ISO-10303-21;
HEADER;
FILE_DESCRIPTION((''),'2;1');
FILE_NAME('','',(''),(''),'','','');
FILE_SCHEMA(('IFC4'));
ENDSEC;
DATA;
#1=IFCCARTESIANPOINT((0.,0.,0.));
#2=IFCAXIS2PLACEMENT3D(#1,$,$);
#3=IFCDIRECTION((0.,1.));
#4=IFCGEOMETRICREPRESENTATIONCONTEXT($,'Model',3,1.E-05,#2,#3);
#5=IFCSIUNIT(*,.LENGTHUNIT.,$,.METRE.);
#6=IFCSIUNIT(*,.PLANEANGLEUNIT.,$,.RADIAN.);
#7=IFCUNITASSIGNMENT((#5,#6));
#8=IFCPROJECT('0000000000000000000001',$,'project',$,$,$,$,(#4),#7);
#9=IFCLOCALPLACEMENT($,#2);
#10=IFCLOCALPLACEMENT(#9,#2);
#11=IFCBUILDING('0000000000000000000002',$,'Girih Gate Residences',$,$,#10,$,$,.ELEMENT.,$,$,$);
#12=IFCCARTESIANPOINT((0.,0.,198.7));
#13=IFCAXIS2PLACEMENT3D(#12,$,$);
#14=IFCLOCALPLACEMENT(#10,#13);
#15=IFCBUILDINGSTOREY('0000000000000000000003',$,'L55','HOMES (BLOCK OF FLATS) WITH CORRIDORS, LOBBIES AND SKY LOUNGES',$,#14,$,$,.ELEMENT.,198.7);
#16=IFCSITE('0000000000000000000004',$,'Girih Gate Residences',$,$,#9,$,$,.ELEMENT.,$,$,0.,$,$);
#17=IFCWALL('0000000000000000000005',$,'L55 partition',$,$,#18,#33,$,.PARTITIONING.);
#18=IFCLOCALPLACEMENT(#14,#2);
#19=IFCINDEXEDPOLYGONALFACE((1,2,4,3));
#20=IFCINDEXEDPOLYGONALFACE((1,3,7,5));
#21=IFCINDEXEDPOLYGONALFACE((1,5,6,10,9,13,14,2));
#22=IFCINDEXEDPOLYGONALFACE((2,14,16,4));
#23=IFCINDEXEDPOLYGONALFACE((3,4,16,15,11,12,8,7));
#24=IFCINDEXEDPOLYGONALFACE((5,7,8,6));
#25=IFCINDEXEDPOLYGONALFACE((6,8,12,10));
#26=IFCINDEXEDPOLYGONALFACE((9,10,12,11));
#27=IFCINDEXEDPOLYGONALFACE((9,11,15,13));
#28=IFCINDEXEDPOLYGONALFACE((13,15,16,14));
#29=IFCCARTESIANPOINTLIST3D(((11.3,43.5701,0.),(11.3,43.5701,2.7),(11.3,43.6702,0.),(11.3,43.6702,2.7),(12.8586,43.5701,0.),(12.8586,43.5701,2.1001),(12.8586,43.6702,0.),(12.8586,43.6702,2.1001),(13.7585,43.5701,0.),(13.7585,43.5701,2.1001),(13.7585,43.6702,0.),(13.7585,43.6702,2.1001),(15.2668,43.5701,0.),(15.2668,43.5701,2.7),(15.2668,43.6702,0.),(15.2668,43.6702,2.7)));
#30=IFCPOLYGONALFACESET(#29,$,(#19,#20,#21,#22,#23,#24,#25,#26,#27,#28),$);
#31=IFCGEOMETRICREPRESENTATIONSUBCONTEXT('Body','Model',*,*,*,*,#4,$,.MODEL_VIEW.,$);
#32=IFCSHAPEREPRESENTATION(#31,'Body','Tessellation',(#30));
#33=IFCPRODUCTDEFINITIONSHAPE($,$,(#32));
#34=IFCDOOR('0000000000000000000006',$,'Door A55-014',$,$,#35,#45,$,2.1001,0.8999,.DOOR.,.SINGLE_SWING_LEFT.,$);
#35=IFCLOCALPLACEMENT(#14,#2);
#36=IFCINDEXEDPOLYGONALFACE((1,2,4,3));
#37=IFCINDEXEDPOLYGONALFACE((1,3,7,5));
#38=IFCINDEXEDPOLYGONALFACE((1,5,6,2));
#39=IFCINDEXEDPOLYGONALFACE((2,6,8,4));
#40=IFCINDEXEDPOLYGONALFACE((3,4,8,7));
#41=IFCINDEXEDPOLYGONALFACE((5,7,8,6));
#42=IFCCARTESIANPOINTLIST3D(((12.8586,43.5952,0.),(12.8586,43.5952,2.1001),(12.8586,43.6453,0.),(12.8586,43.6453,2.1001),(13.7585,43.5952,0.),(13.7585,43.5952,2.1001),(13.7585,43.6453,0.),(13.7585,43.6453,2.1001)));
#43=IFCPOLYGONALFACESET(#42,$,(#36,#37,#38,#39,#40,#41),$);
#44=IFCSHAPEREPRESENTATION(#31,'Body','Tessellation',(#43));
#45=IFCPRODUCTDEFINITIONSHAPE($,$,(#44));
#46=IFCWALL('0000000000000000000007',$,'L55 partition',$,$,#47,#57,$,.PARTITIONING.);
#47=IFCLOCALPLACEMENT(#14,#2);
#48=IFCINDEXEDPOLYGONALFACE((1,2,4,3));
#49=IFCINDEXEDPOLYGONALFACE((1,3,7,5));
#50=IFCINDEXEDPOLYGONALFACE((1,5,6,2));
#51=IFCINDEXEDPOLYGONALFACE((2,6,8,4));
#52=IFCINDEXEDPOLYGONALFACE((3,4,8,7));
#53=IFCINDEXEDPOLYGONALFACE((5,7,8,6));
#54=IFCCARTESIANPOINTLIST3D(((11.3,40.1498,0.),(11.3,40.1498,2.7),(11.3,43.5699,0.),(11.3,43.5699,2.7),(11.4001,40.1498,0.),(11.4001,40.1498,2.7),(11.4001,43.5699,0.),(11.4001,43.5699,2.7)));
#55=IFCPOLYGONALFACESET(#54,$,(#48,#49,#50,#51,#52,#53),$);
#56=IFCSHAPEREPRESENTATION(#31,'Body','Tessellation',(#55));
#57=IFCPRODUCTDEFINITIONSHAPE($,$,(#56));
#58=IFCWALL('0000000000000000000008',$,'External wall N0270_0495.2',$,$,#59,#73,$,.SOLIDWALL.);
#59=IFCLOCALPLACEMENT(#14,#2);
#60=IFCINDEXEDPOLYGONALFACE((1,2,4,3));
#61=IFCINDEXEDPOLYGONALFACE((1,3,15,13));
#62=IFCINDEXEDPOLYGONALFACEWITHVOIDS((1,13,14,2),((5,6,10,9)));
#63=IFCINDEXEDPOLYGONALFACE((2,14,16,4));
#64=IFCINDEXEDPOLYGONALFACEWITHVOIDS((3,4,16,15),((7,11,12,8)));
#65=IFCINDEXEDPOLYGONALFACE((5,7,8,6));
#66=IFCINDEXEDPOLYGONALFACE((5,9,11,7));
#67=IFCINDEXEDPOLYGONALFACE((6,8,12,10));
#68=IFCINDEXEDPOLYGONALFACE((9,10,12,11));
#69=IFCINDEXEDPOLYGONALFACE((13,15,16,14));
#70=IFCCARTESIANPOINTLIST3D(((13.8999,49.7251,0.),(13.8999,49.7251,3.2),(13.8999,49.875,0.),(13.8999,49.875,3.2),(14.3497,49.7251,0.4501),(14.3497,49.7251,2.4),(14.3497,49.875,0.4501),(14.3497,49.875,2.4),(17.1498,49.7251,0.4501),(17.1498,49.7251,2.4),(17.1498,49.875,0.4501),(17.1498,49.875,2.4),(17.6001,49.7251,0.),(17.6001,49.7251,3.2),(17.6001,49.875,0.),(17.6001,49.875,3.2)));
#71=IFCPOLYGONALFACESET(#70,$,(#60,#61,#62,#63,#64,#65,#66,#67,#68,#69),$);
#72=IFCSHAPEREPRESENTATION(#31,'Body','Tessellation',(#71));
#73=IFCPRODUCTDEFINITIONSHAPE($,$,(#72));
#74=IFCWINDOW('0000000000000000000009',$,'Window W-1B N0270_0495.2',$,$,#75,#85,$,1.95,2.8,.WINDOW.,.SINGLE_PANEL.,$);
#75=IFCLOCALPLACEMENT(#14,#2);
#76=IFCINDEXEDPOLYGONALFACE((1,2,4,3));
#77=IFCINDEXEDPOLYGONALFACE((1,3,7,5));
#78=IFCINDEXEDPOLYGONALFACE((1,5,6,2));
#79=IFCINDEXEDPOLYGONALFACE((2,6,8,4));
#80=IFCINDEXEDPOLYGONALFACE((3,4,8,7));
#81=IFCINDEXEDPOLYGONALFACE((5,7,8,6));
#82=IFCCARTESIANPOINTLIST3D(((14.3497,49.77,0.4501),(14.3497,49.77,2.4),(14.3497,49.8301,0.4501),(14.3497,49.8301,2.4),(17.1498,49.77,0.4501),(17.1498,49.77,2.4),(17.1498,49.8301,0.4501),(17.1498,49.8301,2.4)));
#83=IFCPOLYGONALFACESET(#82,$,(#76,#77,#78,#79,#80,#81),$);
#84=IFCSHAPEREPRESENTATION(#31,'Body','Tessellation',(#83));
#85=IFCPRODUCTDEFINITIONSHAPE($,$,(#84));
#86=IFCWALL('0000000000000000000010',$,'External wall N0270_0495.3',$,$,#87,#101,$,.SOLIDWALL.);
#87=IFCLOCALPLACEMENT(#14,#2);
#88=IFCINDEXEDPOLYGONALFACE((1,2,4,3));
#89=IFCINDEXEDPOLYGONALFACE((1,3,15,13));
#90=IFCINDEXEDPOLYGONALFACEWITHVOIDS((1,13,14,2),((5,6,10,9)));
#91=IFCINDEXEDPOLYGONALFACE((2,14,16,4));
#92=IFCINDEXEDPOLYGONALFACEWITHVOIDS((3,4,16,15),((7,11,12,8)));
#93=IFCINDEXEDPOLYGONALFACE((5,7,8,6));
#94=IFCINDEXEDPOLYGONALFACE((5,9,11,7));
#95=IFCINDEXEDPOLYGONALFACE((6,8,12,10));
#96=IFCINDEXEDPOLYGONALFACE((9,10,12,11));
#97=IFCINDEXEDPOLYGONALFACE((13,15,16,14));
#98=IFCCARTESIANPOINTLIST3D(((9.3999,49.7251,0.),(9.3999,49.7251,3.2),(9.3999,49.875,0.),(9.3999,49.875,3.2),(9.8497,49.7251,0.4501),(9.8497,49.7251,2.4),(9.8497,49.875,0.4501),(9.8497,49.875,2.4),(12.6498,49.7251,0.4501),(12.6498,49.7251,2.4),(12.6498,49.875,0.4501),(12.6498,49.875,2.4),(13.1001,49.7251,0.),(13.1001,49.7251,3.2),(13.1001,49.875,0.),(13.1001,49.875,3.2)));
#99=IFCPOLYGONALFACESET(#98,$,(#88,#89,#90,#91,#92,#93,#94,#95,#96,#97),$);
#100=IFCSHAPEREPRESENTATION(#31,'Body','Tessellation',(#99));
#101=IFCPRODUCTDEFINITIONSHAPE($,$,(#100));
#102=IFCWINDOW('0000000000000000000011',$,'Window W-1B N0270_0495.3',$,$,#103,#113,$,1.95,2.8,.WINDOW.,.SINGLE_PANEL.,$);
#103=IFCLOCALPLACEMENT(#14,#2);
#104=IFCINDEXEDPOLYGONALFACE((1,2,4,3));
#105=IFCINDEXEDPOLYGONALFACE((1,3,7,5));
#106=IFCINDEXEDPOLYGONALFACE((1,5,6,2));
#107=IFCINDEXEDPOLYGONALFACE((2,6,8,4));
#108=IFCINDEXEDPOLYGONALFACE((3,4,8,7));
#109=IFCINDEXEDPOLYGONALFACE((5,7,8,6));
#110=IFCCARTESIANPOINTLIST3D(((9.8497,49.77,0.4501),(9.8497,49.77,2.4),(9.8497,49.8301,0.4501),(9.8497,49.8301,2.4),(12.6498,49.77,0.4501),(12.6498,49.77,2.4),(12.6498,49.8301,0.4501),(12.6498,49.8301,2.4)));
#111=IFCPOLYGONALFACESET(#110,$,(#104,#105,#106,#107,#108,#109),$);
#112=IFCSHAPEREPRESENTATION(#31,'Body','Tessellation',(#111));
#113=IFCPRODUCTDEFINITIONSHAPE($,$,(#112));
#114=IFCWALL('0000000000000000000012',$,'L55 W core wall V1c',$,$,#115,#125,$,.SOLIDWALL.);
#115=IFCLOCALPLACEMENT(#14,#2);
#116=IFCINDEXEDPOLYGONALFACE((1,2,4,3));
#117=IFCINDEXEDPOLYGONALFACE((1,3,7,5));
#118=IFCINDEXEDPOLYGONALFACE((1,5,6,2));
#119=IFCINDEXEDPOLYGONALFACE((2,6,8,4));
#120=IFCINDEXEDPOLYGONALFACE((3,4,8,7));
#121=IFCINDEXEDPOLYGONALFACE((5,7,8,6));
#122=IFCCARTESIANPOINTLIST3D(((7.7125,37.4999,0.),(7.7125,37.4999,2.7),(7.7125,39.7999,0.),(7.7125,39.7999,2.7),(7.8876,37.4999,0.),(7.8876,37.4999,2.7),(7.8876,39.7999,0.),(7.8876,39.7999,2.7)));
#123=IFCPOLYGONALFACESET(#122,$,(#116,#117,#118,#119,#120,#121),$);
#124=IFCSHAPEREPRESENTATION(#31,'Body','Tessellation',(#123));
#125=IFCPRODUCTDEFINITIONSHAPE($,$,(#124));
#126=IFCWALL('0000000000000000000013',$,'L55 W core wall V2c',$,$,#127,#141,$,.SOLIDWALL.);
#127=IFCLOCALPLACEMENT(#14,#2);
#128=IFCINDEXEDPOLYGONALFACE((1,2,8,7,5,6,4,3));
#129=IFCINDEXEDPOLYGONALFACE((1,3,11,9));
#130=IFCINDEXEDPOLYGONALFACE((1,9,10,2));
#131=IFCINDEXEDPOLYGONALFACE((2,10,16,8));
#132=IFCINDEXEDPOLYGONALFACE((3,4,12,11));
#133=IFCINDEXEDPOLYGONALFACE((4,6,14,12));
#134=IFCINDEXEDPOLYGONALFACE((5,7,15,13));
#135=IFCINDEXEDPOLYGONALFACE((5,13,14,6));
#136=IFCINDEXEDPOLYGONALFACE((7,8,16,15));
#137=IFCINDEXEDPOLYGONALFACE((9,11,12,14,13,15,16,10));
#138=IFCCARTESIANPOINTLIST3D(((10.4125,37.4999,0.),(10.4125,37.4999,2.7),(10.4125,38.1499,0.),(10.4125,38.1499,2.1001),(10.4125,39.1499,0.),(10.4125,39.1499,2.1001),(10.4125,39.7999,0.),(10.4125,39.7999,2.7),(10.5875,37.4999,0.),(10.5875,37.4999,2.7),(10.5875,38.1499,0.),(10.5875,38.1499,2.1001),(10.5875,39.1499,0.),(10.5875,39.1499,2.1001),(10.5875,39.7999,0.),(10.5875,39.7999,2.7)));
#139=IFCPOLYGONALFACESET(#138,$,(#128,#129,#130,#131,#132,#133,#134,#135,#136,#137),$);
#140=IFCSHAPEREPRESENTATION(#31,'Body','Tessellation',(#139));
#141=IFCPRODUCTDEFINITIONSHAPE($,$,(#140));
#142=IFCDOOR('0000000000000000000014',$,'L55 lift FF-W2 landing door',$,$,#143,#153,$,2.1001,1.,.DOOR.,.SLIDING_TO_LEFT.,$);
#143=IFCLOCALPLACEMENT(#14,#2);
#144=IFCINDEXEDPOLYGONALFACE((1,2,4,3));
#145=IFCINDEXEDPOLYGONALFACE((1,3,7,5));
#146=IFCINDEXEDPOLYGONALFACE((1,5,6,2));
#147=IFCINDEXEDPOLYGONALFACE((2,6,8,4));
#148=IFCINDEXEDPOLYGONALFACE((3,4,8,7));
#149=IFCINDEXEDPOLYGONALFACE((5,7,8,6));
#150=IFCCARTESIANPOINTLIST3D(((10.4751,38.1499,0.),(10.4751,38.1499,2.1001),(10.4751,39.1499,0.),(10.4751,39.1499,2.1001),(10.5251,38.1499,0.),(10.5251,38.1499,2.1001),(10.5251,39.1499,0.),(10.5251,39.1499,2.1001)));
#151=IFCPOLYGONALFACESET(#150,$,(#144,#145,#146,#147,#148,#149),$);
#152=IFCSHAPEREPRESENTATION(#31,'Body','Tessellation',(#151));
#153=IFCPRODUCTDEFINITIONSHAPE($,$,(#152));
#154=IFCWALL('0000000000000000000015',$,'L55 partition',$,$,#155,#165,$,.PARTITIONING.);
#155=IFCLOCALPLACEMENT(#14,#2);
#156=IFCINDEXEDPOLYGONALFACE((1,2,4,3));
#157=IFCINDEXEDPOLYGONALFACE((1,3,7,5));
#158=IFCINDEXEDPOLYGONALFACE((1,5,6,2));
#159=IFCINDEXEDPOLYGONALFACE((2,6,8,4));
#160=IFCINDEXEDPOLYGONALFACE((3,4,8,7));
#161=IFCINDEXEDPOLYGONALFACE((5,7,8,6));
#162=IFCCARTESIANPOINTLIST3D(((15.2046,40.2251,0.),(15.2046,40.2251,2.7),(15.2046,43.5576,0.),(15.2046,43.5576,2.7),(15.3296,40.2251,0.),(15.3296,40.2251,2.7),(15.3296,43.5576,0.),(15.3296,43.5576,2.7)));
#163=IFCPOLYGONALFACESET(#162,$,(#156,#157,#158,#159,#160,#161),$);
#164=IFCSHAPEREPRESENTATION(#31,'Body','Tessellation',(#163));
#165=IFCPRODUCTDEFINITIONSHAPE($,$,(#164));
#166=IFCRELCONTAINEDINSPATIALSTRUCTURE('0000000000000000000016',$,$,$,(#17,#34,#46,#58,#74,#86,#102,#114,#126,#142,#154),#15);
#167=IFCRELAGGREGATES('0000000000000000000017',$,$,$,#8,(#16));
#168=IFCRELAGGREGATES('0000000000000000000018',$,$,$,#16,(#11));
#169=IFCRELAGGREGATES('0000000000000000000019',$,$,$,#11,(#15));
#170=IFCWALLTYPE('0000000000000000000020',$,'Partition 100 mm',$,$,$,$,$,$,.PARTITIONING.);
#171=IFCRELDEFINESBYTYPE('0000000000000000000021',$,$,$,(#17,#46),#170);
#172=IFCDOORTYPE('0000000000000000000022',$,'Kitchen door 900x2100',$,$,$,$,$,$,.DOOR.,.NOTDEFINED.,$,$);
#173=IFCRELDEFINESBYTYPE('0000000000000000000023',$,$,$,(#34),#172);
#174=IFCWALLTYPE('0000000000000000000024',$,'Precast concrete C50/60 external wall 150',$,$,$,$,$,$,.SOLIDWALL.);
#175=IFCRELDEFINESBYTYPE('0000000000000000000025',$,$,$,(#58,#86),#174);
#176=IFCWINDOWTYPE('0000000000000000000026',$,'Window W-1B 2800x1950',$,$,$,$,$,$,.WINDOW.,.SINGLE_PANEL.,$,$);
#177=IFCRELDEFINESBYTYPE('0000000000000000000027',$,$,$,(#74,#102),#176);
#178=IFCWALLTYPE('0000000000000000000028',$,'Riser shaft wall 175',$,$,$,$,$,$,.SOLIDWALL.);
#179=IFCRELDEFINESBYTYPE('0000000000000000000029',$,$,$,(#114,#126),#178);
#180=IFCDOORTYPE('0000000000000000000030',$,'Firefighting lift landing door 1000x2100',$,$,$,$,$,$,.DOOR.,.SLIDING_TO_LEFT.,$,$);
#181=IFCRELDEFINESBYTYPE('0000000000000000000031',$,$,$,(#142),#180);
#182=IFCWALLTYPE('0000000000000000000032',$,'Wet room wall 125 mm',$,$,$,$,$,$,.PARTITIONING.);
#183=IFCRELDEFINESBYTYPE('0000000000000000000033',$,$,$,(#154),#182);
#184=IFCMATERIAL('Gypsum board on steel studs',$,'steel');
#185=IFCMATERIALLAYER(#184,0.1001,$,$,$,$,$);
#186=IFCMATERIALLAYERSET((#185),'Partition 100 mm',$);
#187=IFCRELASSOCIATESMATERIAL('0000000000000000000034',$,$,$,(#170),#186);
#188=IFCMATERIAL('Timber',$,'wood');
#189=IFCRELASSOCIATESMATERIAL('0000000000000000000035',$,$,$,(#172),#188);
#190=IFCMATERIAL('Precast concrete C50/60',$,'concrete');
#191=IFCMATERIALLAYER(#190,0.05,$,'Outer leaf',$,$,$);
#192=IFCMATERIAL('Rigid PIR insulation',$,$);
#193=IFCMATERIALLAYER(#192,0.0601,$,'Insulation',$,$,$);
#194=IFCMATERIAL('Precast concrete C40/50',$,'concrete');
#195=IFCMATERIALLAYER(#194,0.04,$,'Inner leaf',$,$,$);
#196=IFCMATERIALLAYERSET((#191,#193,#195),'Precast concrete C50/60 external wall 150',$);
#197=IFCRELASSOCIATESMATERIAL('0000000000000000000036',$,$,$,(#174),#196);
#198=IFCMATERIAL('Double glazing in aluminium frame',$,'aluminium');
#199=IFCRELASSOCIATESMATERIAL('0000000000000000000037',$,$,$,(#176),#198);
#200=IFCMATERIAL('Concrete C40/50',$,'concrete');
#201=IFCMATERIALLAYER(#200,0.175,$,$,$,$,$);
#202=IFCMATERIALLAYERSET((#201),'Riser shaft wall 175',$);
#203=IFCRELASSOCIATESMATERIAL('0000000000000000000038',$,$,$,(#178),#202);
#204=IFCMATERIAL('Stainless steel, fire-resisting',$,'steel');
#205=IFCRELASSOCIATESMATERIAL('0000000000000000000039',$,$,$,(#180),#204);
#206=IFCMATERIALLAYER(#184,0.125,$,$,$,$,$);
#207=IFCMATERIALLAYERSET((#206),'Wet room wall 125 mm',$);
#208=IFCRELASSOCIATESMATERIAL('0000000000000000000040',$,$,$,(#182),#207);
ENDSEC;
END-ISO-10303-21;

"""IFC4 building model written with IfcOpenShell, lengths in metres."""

from ifc_helpers import new_model, si_unit, direction, frame, frame_2d, origin, place, context, subcontext, project, spatial, rectangle, extrude, material, layer, layer_set, type_object, element, fill, save


model = new_model("IFC4")

# Units and contexts
model_context = context("Model", 3, precision=1e-05, world=origin(), true_north=direction((0.0, 1.0)))
body_context = subcontext(model_context, "Body", "Model", "MODEL_VIEW")
ifc_project = project(units=[si_unit("LENGTHUNIT", "METRE"), si_unit("PLANEANGLEUNIT", "RADIAN")], contexts=[model_context])

# Site, building, storey
site_placement = place(None, origin())
site = spatial("IfcSite", under=ifc_project, at=site_placement, Name="Girih Gate Residences", CompositionType="ELEMENT", RefElevation=0.0)
building_placement = place(site_placement, origin())
building = spatial("IfcBuilding", under=site, at=building_placement, Name="Girih Gate Residences", CompositionType="ELEMENT")
storey_placement = place(building_placement, frame((0.0, 0.0, 198.7)))
storey = spatial("IfcBuildingStorey", under=building, at=storey_placement, Name="L55", Description="HOMES (BLOCK OF FLATS) WITH CORRIDORS, LOBBIES AND SKY LOUNGES", CompositionType="ELEMENT", Elevation=198.7)

# Shared definitions
ifc_material_1 = material(Name="Gypsum board on steel studs", Category="steel")
ifc_layer_1 = layer(ifc_material_1, 0.1001)
ifc_layer_set_1 = layer_set([ifc_layer_1], Name="Partition 100 mm")
wall_type_1 = type_object("IfcWallType", Name="Partition 100 mm", PredefinedType="PARTITIONING", material=ifc_layer_set_1)

# Shared definitions
ifc_material_2 = material(Name="Timber", Category="wood")

# Wall, opening, door
wall_1_placement = place(storey_placement, frame((15.2668, 43.6201, 0.0), z_axis=(0.0, 0.0, 1.0), x_axis=(-1.0, 0.0, 0.0)))
wall_1 = element("IfcWall", 1, at=wall_1_placement, inside=storey, type_object=wall_type_1, Name="L55 partition", PredefinedType="PARTITIONING", context=body_context, shape_type="SweptSolid", body=[
    extrude(rectangle(XDim=3.9668, YDim=0.1001, at=frame_2d((1.9834, 0.0))), origin(), (0.0, 0.0, 1.0), 2.7),
])
opening_1_placement = place(wall_1_placement, frame((1.5083, 0.0, 0.0)))
opening_1 = element("IfcOpeningElement", 2, at=opening_1_placement, cuts=wall_1, PredefinedType="OPENING", context=body_context, shape_type="SweptSolid", body=[
    extrude(rectangle(XDim=0.8999, YDim=2.1001, at=frame_2d((0.45, 1.05))), frame((0.0, 0.0601, 0.0), z_axis=(0.0, -1.0, 0.0), x_axis=(1.0, 0.0, 0.0)), (0.0, 0.0, 1.0), 0.1201),
])
door_type_1 = type_object("IfcDoorType", Name="Kitchen door 900x2100", OperationType="NOTDEFINED", PredefinedType="DOOR", material=ifc_material_2)
door_1_placement = place(opening_1_placement, origin())
door_1 = element("IfcDoor", 3, at=door_1_placement, inside=storey, type_object=door_type_1, Name="Door A55-014", OperationType="SINGLE_SWING_LEFT", OverallHeight=2.1001, OverallWidth=0.8999, PredefinedType="DOOR", context=body_context, shape_type="SweptSolid", body=[
    extrude(rectangle(XDim=0.8999, YDim=2.1001, at=frame_2d((0.45, 1.05))), frame((0.0, 0.0249, 0.0), z_axis=(0.0, -1.0, 0.0), x_axis=(1.0, 0.0, 0.0)), (0.0, 0.0, 1.0), 0.05),
])
fill(opening_1, door_1)

# Wall
wall_2_placement = place(storey_placement, frame((11.3501, 40.1499, 0.0), z_axis=(0.0, 0.0, 1.0), x_axis=(0.0, 1.0, 0.0)))
element("IfcWall", 4, at=wall_2_placement, inside=storey, type_object=wall_type_1, Name="L55 partition", PredefinedType="PARTITIONING", context=body_context, shape_type="SweptSolid", body=[
    extrude(rectangle(XDim=3.4202, YDim=0.1001, at=frame_2d((1.71, 0.0))), origin(), (0.0, 0.0, 1.0), 2.7),
])

# Walls, openings, windows
ifc_material_3 = material(Name="Precast concrete C50/60", Category="concrete")
ifc_layer_2 = layer(ifc_material_3, 0.05, Name="Outer leaf")
ifc_material_4 = material(Name="Rigid PIR insulation")
ifc_layer_3 = layer(ifc_material_4, 0.0601, Name="Insulation")
ifc_material_5 = material(Name="Precast concrete C40/50", Category="concrete")
ifc_layer_4 = layer(ifc_material_5, 0.04, Name="Inner leaf")
ifc_layer_set_2 = layer_set([ifc_layer_2, ifc_layer_3, ifc_layer_4], Name="Precast concrete C50/60 external wall 150")
wall_type_2 = type_object("IfcWallType", Name="Precast concrete C50/60 external wall 150", PredefinedType="SOLIDWALL", material=ifc_layer_set_2)
wall_3_placement = place(storey_placement, frame((13.8999, 49.8, 0.0), z_axis=(0.0, 0.0, 1.0), x_axis=(1.0, 0.0, 0.0)))
wall_3 = element("IfcWall", 5, at=wall_3_placement, inside=storey, type_object=wall_type_2, Name="External wall N0270_0495.2", PredefinedType="SOLIDWALL", context=body_context, shape_type="SweptSolid", body=[
    extrude(rectangle(XDim=3.7002, YDim=0.1499, at=frame_2d((1.8501, 0.0))), origin(), (0.0, 0.0, 1.0), 3.2),
])
opening_2_placement = place(wall_3_placement, frame((0.45, 0.0, 0.45)))
opening_2 = element("IfcOpeningElement", 6, at=opening_2_placement, cuts=wall_3, PredefinedType="OPENING", context=body_context, shape_type="SweptSolid", body=[
    extrude(rectangle(XDim=2.8, YDim=1.95, at=frame_2d((1.3999, 0.9751))), frame((0.0, 0.085, 0.0), z_axis=(0.0, -1.0, 0.0), x_axis=(1.0, 0.0, 0.0)), (0.0, 0.0, 1.0), 0.1699),
])
ifc_material_6 = material(Name="Double glazing in aluminium frame", Category="aluminium")
window_type = type_object("IfcWindowType", Name="Window W-1B 2800x1950", PartitioningType="SINGLE_PANEL", PredefinedType="WINDOW", material=ifc_material_6)
window_1_placement = place(opening_2_placement, origin())
window_1 = element("IfcWindow", 7, at=window_1_placement, inside=storey, type_object=window_type, Name="Window W-1B N0270_0495.2", OverallHeight=1.95, OverallWidth=2.8, PartitioningType="SINGLE_PANEL", PredefinedType="WINDOW", context=body_context, shape_type="SweptSolid", body=[
    extrude(rectangle(XDim=2.8, YDim=1.95, at=frame_2d((1.3999, 0.9751))), frame((0.0, 0.03, 0.0), z_axis=(0.0, -1.0, 0.0), x_axis=(1.0, 0.0, 0.0)), (0.0, 0.0, 1.0), 0.0601),
])
fill(opening_2, window_1)
wall_4_placement = place(storey_placement, frame((9.3999, 49.8, 0.0), z_axis=(0.0, 0.0, 1.0), x_axis=(1.0, 0.0, 0.0)))
wall_4 = element("IfcWall", 8, at=wall_4_placement, inside=storey, type_object=wall_type_2, Name="External wall N0270_0495.3", PredefinedType="SOLIDWALL", context=body_context, shape_type="SweptSolid", body=[
    extrude(rectangle(XDim=3.7002, YDim=0.1499, at=frame_2d((1.8501, 0.0))), origin(), (0.0, 0.0, 1.0), 3.2),
])
opening_3_placement = place(wall_4_placement, frame((0.45, 0.0, 0.45)))
opening_3 = element("IfcOpeningElement", 9, at=opening_3_placement, cuts=wall_4, PredefinedType="OPENING", context=body_context, shape_type="SweptSolid", body=[
    extrude(rectangle(XDim=2.8, YDim=1.95, at=frame_2d((1.3999, 0.9751))), frame((0.0, 0.085, 0.0), z_axis=(0.0, -1.0, 0.0), x_axis=(1.0, 0.0, 0.0)), (0.0, 0.0, 1.0), 0.1699),
])
window_2_placement = place(opening_3_placement, origin())
window_2 = element("IfcWindow", 10, at=window_2_placement, inside=storey, type_object=window_type, Name="Window W-1B N0270_0495.3", OverallHeight=1.95, OverallWidth=2.8, PartitioningType="SINGLE_PANEL", PredefinedType="WINDOW", context=body_context, shape_type="SweptSolid", body=[
    extrude(rectangle(XDim=2.8, YDim=1.95, at=frame_2d((1.3999, 0.9751))), frame((0.0, 0.03, 0.0), z_axis=(0.0, -1.0, 0.0), x_axis=(1.0, 0.0, 0.0)), (0.0, 0.0, 1.0), 0.0601),
])
fill(opening_3, window_2)

# Wall
ifc_material_7 = material(Name="Concrete C40/50", Category="concrete")
ifc_layer_5 = layer(ifc_material_7, 0.175)
ifc_layer_set_3 = layer_set([ifc_layer_5], Name="Riser shaft wall 175")
wall_type_3 = type_object("IfcWallType", Name="Riser shaft wall 175", PredefinedType="SOLIDWALL", material=ifc_layer_set_3)
wall_5_placement = place(storey_placement, frame((7.8, 37.5, 0.0), z_axis=(0.0, 0.0, 1.0), x_axis=(0.0, 1.0, 0.0)))
element("IfcWall", 11, at=wall_5_placement, inside=storey, type_object=wall_type_3, Name="L55 W core wall V1c", PredefinedType="SOLIDWALL", context=body_context, shape_type="SweptSolid", body=[
    extrude(rectangle(XDim=2.3, YDim=0.175, at=frame_2d((1.1499, 0.0))), origin(), (0.0, 0.0, 1.0), 2.7),
])

# Wall, opening, door
wall_6_placement = place(storey_placement, frame((10.5, 37.5, 0.0), z_axis=(0.0, 0.0, 1.0), x_axis=(0.0, 1.0, 0.0)))
wall_6 = element("IfcWall", 12, at=wall_6_placement, inside=storey, type_object=wall_type_3, Name="L55 W core wall V2c", PredefinedType="SOLIDWALL", context=body_context, shape_type="SweptSolid", body=[
    extrude(rectangle(XDim=2.3, YDim=0.175, at=frame_2d((1.1499, 0.0))), origin(), (0.0, 0.0, 1.0), 2.7),
])
opening_4_placement = place(wall_6_placement, frame((0.6499, 0.0, 0.0)))
opening_4 = element("IfcOpeningElement", 13, at=opening_4_placement, cuts=wall_6, PredefinedType="OPENING", context=body_context, shape_type="SweptSolid", body=[
    extrude(rectangle(XDim=1.0, YDim=2.1001, at=frame_2d((0.5, 1.05))), frame((0.0, 0.0974, 0.0), z_axis=(0.0, -1.0, 0.0), x_axis=(1.0, 0.0, 0.0)), (0.0, 0.0, 1.0), 0.1951),
])
ifc_material_8 = material(Name="Stainless steel, fire-resisting", Category="steel")
door_type_2 = type_object("IfcDoorType", Name="Firefighting lift landing door 1000x2100", OperationType="SLIDING_TO_LEFT", PredefinedType="DOOR", material=ifc_material_8)
door_2_placement = place(opening_4_placement, origin())
door_2 = element("IfcDoor", 14, at=door_2_placement, inside=storey, type_object=door_type_2, Name="L55 lift FF-W2 landing door", OperationType="SLIDING_TO_LEFT", OverallHeight=2.1001, OverallWidth=1.0, PredefinedType="DOOR", context=body_context, shape_type="SweptSolid", body=[
    extrude(rectangle(XDim=1.0, YDim=2.1001, at=frame_2d((0.5, 1.05))), frame((0.0, 0.0249, 0.0), z_axis=(0.0, -1.0, 0.0), x_axis=(1.0, 0.0, 0.0)), (0.0, 0.0, 1.0), 0.05),
])
fill(opening_4, door_2)

# Wall
ifc_layer_6 = layer(ifc_material_1, 0.125)
ifc_layer_set_4 = layer_set([ifc_layer_6], Name="Wet room wall 125 mm")
wall_type_4 = type_object("IfcWallType", Name="Wet room wall 125 mm", PredefinedType="PARTITIONING", material=ifc_layer_set_4)
wall_7_placement = place(storey_placement, frame((15.2671, 40.2251, 0.0), z_axis=(0.0, 0.0, 1.0), x_axis=(0.0, 1.0, 0.0)))
element("IfcWall", 15, at=wall_7_placement, inside=storey, type_object=wall_type_4, Name="L55 partition", PredefinedType="PARTITIONING", context=body_context, shape_type="SweptSolid", body=[
    extrude(rectangle(XDim=3.3325, YDim=0.125, at=frame_2d((1.6663, 0.0))), origin(), (0.0, 0.0, 1.0), 2.7),
])

save(model, "model.ifc")
